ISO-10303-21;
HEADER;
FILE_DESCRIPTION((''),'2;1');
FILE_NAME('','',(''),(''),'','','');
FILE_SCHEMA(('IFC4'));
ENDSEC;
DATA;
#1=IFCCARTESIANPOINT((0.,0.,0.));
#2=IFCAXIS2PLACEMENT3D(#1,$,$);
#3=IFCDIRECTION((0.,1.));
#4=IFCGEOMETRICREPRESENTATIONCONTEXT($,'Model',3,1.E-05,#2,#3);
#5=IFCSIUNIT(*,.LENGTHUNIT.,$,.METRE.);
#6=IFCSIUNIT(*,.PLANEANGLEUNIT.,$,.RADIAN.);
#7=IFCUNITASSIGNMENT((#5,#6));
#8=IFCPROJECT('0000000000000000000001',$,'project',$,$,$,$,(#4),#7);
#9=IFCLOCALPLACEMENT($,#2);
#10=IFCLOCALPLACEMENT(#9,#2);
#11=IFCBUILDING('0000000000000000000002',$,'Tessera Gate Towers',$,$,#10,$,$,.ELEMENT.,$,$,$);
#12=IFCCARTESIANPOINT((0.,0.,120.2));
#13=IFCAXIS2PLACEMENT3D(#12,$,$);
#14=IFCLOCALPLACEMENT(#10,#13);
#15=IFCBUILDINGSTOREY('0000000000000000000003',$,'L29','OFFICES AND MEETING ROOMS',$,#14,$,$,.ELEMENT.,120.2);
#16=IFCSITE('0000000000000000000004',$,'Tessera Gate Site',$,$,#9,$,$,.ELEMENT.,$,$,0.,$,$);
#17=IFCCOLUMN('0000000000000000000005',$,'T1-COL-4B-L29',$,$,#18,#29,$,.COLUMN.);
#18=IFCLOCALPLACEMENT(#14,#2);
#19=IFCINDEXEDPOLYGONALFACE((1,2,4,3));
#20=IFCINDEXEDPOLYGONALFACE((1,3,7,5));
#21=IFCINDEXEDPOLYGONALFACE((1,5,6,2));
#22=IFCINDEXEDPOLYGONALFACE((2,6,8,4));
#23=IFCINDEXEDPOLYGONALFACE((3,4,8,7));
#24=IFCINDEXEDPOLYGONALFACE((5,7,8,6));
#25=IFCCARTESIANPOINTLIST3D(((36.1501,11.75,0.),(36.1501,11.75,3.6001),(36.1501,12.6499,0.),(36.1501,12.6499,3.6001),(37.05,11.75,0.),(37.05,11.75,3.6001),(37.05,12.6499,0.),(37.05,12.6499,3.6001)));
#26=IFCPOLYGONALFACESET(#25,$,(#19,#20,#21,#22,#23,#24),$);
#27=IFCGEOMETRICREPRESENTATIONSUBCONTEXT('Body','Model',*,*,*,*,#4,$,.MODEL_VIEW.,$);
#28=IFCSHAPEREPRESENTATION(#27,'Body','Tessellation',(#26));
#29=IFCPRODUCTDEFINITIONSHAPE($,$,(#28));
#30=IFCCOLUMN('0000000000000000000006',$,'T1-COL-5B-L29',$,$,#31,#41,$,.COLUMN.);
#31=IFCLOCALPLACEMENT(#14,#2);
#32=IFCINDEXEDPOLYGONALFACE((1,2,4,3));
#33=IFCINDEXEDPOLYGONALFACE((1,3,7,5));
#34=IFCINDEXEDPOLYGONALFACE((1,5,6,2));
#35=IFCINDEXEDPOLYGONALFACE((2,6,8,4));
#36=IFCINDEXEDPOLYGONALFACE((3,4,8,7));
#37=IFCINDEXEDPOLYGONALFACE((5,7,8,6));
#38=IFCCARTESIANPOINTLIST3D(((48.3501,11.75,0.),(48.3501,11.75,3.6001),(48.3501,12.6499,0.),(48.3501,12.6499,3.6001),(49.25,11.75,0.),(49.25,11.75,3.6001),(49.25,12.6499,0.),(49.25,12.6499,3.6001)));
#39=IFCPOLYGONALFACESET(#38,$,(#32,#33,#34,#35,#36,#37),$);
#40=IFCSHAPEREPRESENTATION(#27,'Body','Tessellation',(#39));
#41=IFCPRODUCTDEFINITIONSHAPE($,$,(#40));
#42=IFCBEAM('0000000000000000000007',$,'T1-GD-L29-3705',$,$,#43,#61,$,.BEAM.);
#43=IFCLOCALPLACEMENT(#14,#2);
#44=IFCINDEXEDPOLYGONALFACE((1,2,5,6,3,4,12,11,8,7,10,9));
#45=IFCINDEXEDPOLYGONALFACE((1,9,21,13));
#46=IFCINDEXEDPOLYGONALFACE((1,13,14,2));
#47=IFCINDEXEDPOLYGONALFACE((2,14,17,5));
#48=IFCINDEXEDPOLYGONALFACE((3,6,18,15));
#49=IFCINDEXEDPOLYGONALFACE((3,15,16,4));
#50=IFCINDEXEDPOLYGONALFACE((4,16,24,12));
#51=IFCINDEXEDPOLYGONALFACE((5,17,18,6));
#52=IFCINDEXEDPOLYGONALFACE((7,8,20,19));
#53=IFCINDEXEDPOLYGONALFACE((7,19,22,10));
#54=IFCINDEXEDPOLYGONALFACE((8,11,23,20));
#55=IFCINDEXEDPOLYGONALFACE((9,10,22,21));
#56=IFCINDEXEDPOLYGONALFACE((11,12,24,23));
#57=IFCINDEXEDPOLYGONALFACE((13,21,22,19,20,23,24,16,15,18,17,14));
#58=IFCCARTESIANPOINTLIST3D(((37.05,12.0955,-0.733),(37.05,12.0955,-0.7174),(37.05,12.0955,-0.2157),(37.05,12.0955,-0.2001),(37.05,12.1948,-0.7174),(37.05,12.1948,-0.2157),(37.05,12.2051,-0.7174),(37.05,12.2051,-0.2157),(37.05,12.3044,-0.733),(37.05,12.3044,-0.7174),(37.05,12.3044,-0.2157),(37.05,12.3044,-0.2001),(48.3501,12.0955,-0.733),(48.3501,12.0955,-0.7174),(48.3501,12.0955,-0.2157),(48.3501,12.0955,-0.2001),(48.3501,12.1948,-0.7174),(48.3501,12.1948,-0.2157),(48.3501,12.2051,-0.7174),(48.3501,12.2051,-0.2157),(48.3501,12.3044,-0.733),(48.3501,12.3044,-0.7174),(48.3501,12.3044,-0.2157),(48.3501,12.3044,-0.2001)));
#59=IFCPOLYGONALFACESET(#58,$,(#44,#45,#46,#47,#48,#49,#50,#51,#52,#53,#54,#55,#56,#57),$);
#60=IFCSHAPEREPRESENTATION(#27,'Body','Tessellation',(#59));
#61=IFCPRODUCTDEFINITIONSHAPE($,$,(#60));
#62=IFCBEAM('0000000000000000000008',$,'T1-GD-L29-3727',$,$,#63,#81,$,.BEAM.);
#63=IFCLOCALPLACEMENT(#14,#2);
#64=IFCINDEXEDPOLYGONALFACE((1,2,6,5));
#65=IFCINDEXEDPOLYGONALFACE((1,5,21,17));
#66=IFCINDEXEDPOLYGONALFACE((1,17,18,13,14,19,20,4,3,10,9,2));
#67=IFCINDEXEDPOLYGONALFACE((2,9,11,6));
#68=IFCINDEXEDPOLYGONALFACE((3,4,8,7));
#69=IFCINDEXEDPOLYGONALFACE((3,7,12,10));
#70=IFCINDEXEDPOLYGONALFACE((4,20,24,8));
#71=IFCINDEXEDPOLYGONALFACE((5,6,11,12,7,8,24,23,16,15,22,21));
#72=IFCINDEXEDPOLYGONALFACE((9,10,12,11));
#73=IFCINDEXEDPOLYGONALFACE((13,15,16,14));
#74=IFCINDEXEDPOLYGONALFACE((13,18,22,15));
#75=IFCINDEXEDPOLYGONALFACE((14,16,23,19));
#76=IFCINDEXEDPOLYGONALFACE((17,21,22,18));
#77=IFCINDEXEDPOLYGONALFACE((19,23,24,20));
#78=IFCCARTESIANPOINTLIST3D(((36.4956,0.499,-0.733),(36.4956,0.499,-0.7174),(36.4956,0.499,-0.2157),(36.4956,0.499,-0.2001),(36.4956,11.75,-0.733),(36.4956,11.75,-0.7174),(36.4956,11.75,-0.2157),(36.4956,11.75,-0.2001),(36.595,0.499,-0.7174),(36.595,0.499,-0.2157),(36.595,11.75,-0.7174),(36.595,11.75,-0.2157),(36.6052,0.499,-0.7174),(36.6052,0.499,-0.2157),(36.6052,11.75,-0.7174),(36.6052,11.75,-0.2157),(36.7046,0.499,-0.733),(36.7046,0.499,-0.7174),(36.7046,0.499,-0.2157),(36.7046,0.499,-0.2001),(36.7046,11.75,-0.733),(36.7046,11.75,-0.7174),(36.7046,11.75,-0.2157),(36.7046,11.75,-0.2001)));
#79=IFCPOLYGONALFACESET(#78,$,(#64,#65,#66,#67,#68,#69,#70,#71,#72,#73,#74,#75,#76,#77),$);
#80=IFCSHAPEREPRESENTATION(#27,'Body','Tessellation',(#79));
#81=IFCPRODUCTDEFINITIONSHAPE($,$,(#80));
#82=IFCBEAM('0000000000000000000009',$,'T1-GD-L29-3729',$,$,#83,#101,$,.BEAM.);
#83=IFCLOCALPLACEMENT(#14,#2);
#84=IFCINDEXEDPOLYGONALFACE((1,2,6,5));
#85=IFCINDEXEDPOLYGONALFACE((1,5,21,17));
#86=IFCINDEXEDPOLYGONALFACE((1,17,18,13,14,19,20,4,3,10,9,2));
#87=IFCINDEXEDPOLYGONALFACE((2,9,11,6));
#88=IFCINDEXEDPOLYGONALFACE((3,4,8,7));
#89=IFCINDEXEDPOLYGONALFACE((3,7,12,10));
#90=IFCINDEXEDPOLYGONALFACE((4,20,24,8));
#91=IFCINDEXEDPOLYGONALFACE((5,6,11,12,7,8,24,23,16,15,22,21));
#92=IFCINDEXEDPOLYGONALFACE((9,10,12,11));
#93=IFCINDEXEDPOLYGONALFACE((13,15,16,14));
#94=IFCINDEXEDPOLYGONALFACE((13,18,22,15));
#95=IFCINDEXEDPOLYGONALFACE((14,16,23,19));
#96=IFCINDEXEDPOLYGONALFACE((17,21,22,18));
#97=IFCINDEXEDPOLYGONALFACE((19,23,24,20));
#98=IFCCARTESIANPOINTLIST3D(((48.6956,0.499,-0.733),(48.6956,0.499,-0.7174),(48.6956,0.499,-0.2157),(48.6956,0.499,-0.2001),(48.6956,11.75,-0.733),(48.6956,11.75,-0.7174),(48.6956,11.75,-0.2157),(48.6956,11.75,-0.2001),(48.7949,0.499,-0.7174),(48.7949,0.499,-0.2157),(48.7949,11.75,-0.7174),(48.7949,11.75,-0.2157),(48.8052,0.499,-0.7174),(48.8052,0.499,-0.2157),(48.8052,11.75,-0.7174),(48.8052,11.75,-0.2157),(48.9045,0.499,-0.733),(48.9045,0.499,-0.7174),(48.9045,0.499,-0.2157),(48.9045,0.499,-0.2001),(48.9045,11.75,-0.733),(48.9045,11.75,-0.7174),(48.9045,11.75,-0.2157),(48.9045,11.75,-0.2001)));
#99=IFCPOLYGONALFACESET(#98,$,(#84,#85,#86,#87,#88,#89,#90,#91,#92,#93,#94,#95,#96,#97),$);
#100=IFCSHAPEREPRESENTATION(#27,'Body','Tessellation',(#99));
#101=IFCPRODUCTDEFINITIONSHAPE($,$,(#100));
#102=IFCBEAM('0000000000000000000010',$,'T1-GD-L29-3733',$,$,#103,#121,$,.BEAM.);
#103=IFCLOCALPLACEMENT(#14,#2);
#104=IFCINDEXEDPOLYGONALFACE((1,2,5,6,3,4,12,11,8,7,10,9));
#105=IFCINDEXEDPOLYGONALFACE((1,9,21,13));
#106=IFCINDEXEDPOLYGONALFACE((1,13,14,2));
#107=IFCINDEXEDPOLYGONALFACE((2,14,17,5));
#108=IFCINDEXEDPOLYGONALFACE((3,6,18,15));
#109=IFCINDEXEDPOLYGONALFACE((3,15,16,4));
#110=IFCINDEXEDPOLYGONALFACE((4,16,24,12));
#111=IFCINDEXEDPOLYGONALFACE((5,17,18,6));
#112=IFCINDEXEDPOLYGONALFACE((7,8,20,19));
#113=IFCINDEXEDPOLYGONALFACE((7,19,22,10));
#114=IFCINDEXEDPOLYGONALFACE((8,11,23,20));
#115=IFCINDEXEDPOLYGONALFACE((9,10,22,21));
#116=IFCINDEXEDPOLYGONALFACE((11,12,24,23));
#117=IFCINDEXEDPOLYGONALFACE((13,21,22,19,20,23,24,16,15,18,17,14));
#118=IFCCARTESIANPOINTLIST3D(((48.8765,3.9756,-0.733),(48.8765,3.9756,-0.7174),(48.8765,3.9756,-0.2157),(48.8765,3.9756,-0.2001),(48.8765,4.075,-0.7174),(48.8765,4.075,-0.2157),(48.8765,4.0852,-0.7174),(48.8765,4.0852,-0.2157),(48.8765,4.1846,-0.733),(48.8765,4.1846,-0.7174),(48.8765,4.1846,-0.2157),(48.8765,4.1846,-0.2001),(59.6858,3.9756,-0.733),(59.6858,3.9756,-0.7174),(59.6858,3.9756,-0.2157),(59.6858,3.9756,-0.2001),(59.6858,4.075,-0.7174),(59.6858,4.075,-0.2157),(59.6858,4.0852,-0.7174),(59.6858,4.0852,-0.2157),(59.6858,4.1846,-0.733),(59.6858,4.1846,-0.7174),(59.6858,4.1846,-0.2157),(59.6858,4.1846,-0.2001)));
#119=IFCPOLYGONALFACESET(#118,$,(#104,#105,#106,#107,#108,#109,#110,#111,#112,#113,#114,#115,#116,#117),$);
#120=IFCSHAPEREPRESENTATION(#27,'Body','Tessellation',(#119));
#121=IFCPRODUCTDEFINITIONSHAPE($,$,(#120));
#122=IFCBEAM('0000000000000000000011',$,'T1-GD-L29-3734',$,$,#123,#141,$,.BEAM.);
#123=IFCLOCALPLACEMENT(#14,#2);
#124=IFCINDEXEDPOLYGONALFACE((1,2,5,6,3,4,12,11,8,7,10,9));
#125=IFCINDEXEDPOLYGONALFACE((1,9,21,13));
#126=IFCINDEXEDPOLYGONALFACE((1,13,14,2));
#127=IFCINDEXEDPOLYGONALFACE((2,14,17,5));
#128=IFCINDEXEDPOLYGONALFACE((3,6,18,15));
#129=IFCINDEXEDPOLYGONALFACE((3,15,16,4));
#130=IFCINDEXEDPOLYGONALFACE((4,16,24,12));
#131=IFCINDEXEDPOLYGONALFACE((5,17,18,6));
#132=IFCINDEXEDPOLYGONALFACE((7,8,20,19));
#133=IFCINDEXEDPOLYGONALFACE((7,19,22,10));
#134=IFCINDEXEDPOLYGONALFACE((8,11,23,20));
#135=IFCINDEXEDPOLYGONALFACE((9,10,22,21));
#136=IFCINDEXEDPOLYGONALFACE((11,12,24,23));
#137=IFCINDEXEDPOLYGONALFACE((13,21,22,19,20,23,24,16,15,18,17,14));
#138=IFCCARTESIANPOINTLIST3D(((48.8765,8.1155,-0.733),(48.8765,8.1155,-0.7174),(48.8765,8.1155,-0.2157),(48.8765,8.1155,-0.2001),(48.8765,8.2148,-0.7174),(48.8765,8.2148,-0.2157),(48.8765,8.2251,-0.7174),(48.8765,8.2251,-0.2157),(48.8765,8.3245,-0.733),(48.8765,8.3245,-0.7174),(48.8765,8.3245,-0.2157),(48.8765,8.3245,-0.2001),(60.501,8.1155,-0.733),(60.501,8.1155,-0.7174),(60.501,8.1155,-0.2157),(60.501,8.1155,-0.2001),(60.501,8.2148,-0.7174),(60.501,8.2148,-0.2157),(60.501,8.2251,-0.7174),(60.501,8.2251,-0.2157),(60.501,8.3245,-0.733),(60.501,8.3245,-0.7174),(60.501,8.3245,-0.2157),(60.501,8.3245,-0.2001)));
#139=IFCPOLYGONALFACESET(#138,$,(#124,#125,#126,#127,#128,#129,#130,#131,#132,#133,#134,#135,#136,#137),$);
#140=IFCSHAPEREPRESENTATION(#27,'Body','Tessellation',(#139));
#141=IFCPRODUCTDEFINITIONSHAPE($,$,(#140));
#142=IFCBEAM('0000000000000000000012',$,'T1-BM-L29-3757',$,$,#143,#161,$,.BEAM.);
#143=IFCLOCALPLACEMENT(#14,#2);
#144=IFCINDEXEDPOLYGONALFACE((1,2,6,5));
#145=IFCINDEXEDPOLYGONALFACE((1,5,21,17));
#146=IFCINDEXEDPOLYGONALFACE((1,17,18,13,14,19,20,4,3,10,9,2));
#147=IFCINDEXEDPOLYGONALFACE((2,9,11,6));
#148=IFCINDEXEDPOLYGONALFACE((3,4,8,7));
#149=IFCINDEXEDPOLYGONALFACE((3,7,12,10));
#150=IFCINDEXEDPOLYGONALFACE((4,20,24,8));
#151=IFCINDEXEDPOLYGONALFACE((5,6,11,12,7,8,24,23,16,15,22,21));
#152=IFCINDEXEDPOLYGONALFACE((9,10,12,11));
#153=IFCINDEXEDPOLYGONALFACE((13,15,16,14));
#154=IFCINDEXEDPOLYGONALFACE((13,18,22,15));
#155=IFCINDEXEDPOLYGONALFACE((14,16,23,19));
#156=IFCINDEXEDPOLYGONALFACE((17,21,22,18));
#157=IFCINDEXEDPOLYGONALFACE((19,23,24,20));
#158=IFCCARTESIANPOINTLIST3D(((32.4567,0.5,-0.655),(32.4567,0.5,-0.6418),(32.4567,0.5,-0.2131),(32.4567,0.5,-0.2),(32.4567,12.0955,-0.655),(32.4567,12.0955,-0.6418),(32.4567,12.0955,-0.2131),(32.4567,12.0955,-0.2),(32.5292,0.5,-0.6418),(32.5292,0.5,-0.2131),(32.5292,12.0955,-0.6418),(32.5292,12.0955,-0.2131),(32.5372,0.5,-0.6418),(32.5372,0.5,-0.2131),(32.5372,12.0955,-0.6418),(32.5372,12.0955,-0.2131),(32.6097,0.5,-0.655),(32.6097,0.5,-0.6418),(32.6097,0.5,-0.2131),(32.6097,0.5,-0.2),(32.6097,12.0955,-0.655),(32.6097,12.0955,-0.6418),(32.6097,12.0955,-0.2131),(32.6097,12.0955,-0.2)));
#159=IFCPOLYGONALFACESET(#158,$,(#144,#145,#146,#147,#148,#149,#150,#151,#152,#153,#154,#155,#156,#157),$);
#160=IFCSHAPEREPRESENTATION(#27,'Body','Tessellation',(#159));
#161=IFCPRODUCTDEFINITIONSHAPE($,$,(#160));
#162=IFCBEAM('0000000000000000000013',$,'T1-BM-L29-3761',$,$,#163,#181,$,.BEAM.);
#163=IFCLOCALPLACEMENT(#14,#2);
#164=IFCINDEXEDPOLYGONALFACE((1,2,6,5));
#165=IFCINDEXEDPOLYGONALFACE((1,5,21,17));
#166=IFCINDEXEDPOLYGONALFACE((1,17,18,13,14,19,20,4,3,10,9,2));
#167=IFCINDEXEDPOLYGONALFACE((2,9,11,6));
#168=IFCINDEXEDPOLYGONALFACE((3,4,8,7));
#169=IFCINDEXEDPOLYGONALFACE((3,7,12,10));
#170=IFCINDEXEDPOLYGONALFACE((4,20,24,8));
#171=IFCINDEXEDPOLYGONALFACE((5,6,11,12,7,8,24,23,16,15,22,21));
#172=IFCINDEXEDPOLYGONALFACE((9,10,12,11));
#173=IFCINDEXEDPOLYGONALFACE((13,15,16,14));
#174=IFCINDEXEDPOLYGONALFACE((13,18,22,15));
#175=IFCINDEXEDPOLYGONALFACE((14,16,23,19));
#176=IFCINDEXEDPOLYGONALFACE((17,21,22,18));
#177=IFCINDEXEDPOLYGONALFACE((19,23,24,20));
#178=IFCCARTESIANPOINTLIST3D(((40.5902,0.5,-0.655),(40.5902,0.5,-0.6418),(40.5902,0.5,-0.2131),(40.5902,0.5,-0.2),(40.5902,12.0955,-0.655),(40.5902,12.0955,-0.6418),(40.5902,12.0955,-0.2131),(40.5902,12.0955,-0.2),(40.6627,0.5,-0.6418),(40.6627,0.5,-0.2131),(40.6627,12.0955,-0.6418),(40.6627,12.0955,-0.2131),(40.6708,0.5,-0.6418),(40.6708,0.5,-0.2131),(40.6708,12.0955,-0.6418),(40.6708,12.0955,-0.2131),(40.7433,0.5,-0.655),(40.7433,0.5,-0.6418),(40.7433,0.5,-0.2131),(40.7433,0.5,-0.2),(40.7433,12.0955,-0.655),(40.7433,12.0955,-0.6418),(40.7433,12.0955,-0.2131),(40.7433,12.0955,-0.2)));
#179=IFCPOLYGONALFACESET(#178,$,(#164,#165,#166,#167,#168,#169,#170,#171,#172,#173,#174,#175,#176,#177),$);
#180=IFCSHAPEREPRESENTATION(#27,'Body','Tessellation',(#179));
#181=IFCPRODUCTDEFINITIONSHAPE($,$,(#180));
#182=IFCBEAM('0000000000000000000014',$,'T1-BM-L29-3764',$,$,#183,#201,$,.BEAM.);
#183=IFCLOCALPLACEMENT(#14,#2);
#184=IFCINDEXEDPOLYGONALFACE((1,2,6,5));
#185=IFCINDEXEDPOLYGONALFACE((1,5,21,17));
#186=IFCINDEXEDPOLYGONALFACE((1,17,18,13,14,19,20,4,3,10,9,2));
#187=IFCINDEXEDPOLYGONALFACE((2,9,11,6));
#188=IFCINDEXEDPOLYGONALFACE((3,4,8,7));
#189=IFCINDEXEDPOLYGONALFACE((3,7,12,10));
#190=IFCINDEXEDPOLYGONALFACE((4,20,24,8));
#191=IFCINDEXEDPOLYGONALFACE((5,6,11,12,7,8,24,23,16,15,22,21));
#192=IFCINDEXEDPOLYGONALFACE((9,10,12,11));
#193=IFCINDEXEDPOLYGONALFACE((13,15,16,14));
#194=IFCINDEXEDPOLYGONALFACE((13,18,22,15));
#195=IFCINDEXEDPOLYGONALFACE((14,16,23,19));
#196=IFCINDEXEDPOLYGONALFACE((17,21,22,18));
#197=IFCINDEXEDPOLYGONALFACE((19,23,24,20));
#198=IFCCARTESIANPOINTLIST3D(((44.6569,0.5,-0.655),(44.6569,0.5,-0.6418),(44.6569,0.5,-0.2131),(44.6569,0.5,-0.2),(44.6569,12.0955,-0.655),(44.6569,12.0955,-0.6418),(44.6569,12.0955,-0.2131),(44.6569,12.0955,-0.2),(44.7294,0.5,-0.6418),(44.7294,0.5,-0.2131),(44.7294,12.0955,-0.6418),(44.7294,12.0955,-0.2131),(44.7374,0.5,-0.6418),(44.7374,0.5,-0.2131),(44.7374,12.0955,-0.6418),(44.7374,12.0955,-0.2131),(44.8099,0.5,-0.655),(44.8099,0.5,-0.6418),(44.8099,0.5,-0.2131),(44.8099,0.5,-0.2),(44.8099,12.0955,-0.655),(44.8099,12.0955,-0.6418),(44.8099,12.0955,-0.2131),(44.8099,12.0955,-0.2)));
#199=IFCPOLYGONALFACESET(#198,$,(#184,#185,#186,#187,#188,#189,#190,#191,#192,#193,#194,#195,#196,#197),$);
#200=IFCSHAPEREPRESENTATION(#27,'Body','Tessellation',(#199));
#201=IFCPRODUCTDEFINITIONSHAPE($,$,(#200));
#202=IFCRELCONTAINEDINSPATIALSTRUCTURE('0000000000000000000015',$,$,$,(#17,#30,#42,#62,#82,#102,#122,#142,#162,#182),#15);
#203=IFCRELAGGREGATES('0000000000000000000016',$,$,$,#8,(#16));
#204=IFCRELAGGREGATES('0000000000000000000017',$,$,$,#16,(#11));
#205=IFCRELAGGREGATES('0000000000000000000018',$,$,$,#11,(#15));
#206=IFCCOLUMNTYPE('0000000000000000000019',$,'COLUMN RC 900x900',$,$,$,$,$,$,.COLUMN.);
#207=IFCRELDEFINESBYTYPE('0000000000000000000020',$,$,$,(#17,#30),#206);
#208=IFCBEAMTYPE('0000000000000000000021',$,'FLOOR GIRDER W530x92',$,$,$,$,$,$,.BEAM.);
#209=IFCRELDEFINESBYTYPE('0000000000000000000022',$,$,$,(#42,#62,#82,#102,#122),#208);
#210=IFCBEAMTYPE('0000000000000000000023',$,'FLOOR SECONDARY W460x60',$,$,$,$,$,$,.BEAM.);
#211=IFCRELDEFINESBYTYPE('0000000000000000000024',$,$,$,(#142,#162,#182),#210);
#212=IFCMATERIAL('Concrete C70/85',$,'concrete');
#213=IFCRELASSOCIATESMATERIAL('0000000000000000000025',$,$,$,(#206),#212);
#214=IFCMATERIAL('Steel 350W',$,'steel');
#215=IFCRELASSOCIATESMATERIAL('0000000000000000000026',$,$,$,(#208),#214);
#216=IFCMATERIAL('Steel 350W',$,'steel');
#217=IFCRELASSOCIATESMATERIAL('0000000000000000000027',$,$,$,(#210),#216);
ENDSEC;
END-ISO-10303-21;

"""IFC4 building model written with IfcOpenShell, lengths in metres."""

from ifc_helpers import new_model, si_unit, direction, frame, origin, origin_2d, place, context, subcontext, project, spatial, rectangle, i_section, extrude, material, material_profile, profile_set, type_object, element, save


model = new_model("IFC4")

# Units and contexts
model_context = context("Model", 3, precision=1e-05, world=origin(), true_north=direction((0.0, 1.0)))
body_context = subcontext(model_context, "Body", "Model", "MODEL_VIEW")
ifc_project = project(units=[si_unit("LENGTHUNIT", "METRE"), si_unit("PLANEANGLEUNIT", "RADIAN")], contexts=[model_context])

# Site, building, storey
site_placement = place(None, origin())
site = spatial("IfcSite", under=ifc_project, at=site_placement, Name="Tessera Gate Site", CompositionType="ELEMENT", RefElevation=0.0)
building_placement = place(site_placement, origin())
building = spatial("IfcBuilding", under=site, at=building_placement, Name="Tessera Gate Towers", CompositionType="ELEMENT")
storey_placement = place(building_placement, frame((0.0, 0.0, 120.2)))
storey = spatial("IfcBuildingStorey", under=building, at=storey_placement, Name="L29", Description="OFFICES AND MEETING ROOMS", CompositionType="ELEMENT", Elevation=120.2)

# Columns
ifc_material_1 = material(Name="Concrete C70/85", Category="concrete")
ifc_material_profile_1 = material_profile(ifc_material_1, rectangle(XDim=0.8999, YDim=0.8999, at=origin_2d()), Name="RC 900x900")
ifc_profile_set_1 = profile_set([ifc_material_profile_1], Name="Concrete C70/85")
column_type = type_object("IfcColumnType", Name="COLUMN RC 900x900", PredefinedType="COLUMN", material=ifc_profile_set_1)
for number, where, z_axis, x_axis, name in (
    (1, (36.6001, 12.2, 0.0), (0.0, 0.0, 1.0), (1.0, 0.0, 0.0), "T1-COL-4B-L29"),
    (2, (48.8, 12.2, 0.0), (0.0, 0.0, 1.0), (1.0, 0.0, 0.0), "T1-COL-5B-L29"),
):
    element("IfcColumn", number, at=place(storey_placement, frame(where, z_axis=z_axis, x_axis=x_axis)), inside=storey, type_object=column_type, Name=name, PredefinedType="COLUMN", context=body_context, shape_type="SweptSolid", body=[
        extrude(rectangle(XDim=0.8999, YDim=0.8999, at=origin_2d()), origin(), (0.0, 0.0, 1.0), 3.6001),
    ])

# Beams
ifc_material_2 = material(Name="Steel 350W", Category="steel")
ifc_material_profile_2 = material_profile(ifc_material_2, i_section(OverallWidth=0.209, OverallDepth=0.533, WebThickness=0.0103, FlangeThickness=0.0156, at=origin_2d()), Name="W530x92")
ifc_profile_set_2 = profile_set([ifc_material_profile_2], Name="Steel 350W")
beam_type_1 = type_object("IfcBeamType", Name="FLOOR GIRDER W530x92", PredefinedType="BEAM", material=ifc_profile_set_2)
beam_1_placement = place(storey_placement, frame((37.05, 12.2, -0.4666), z_axis=(1.0, 0.0, 0.0), x_axis=(0.0, 1.0, 0.0)))
element("IfcBeam", 3, at=beam_1_placement, inside=storey, type_object=beam_type_1, Name="T1-GD-L29-3705", PredefinedType="BEAM", context=body_context, shape_type="SweptSolid", body=[
    extrude(i_section(OverallWidth=0.209, OverallDepth=0.533, WebThickness=0.0103, FlangeThickness=0.0156, at=origin_2d()), origin(), (0.0, 0.0, 1.0), 11.3),
])
for number, where, z_axis, x_axis, name in (
    (4, (36.6001, 0.499, -0.4666), (0.0, 1.0, 0.0), (-1.0, 0.0, 0.0), "T1-GD-L29-3727"),
    (5, (48.8, 0.499, -0.4666), (0.0, 1.0, 0.0), (-1.0, 0.0, 0.0), "T1-GD-L29-3729"),
):
    element("IfcBeam", number, at=place(storey_placement, frame(where, z_axis=z_axis, x_axis=x_axis)), inside=storey, type_object=beam_type_1, Name=name, PredefinedType="BEAM", context=body_context, shape_type="SweptSolid", body=[
        extrude(i_section(OverallWidth=0.209, OverallDepth=0.533, WebThickness=0.0103, FlangeThickness=0.0156, at=origin_2d()), origin(), (0.0, 0.0, 1.0), 11.251),
    ])
beam_2_placement = place(storey_placement, frame((48.8765, 4.0801, -0.4666), z_axis=(1.0, 0.0, 0.0), x_axis=(0.0, 1.0, 0.0)))
element("IfcBeam", 6, at=beam_2_placement, inside=storey, type_object=beam_type_1, Name="T1-GD-L29-3733", PredefinedType="BEAM", context=body_context, shape_type="SweptSolid", body=[
    extrude(i_section(OverallWidth=0.209, OverallDepth=0.533, WebThickness=0.0103, FlangeThickness=0.0156, at=origin_2d()), origin(), (0.0, 0.0, 1.0), 10.8093),
])
beam_3_placement = place(storey_placement, frame((48.8765, 8.22, -0.4666), z_axis=(1.0, 0.0, 0.0), x_axis=(0.0, 1.0, 0.0)))
element("IfcBeam", 7, at=beam_3_placement, inside=storey, type_object=beam_type_1, Name="T1-GD-L29-3734", PredefinedType="BEAM", context=body_context, shape_type="SweptSolid", body=[
    extrude(i_section(OverallWidth=0.209, OverallDepth=0.533, WebThickness=0.0103, FlangeThickness=0.0156, at=origin_2d()), origin(), (0.0, 0.0, 1.0), 11.6245),
])
ifc_material_3 = material(Name="Steel 350W", Category="steel")
ifc_material_profile_3 = material_profile(ifc_material_3, i_section(OverallWidth=0.1531, OverallDepth=0.4551, WebThickness=0.0081, FlangeThickness=0.0132, at=origin_2d()), Name="W460x60")
ifc_profile_set_3 = profile_set([ifc_material_profile_3], Name="Steel 350W")
beam_type_2 = type_object("IfcBeamType", Name="FLOOR SECONDARY W460x60", PredefinedType="BEAM", material=ifc_profile_set_3)
for number, where, z_axis, x_axis, name in (
    (8, (32.5332, 0.5, -0.4275), (0.0, 1.0, 0.0), (-1.0, 0.0, 0.0), "T1-BM-L29-3757"),
    (9, (40.6667, 0.5, -0.4275), (0.0, 1.0, 0.0), (-1.0, 0.0, 0.0), "T1-BM-L29-3761"),
    (10, (44.7334, 0.5, -0.4275), (0.0, 1.0, 0.0), (-1.0, 0.0, 0.0), "T1-BM-L29-3764"),
):
    element("IfcBeam", number, at=place(storey_placement, frame(where, z_axis=z_axis, x_axis=x_axis)), inside=storey, type_object=beam_type_2, Name=name, PredefinedType="BEAM", context=body_context, shape_type="SweptSolid", body=[
        extrude(i_section(OverallWidth=0.1531, OverallDepth=0.4551, WebThickness=0.0081, FlangeThickness=0.0132, at=origin_2d()), origin(), (0.0, 0.0, 1.0), 11.5955),
    ])

save(model, "model.ifc")
